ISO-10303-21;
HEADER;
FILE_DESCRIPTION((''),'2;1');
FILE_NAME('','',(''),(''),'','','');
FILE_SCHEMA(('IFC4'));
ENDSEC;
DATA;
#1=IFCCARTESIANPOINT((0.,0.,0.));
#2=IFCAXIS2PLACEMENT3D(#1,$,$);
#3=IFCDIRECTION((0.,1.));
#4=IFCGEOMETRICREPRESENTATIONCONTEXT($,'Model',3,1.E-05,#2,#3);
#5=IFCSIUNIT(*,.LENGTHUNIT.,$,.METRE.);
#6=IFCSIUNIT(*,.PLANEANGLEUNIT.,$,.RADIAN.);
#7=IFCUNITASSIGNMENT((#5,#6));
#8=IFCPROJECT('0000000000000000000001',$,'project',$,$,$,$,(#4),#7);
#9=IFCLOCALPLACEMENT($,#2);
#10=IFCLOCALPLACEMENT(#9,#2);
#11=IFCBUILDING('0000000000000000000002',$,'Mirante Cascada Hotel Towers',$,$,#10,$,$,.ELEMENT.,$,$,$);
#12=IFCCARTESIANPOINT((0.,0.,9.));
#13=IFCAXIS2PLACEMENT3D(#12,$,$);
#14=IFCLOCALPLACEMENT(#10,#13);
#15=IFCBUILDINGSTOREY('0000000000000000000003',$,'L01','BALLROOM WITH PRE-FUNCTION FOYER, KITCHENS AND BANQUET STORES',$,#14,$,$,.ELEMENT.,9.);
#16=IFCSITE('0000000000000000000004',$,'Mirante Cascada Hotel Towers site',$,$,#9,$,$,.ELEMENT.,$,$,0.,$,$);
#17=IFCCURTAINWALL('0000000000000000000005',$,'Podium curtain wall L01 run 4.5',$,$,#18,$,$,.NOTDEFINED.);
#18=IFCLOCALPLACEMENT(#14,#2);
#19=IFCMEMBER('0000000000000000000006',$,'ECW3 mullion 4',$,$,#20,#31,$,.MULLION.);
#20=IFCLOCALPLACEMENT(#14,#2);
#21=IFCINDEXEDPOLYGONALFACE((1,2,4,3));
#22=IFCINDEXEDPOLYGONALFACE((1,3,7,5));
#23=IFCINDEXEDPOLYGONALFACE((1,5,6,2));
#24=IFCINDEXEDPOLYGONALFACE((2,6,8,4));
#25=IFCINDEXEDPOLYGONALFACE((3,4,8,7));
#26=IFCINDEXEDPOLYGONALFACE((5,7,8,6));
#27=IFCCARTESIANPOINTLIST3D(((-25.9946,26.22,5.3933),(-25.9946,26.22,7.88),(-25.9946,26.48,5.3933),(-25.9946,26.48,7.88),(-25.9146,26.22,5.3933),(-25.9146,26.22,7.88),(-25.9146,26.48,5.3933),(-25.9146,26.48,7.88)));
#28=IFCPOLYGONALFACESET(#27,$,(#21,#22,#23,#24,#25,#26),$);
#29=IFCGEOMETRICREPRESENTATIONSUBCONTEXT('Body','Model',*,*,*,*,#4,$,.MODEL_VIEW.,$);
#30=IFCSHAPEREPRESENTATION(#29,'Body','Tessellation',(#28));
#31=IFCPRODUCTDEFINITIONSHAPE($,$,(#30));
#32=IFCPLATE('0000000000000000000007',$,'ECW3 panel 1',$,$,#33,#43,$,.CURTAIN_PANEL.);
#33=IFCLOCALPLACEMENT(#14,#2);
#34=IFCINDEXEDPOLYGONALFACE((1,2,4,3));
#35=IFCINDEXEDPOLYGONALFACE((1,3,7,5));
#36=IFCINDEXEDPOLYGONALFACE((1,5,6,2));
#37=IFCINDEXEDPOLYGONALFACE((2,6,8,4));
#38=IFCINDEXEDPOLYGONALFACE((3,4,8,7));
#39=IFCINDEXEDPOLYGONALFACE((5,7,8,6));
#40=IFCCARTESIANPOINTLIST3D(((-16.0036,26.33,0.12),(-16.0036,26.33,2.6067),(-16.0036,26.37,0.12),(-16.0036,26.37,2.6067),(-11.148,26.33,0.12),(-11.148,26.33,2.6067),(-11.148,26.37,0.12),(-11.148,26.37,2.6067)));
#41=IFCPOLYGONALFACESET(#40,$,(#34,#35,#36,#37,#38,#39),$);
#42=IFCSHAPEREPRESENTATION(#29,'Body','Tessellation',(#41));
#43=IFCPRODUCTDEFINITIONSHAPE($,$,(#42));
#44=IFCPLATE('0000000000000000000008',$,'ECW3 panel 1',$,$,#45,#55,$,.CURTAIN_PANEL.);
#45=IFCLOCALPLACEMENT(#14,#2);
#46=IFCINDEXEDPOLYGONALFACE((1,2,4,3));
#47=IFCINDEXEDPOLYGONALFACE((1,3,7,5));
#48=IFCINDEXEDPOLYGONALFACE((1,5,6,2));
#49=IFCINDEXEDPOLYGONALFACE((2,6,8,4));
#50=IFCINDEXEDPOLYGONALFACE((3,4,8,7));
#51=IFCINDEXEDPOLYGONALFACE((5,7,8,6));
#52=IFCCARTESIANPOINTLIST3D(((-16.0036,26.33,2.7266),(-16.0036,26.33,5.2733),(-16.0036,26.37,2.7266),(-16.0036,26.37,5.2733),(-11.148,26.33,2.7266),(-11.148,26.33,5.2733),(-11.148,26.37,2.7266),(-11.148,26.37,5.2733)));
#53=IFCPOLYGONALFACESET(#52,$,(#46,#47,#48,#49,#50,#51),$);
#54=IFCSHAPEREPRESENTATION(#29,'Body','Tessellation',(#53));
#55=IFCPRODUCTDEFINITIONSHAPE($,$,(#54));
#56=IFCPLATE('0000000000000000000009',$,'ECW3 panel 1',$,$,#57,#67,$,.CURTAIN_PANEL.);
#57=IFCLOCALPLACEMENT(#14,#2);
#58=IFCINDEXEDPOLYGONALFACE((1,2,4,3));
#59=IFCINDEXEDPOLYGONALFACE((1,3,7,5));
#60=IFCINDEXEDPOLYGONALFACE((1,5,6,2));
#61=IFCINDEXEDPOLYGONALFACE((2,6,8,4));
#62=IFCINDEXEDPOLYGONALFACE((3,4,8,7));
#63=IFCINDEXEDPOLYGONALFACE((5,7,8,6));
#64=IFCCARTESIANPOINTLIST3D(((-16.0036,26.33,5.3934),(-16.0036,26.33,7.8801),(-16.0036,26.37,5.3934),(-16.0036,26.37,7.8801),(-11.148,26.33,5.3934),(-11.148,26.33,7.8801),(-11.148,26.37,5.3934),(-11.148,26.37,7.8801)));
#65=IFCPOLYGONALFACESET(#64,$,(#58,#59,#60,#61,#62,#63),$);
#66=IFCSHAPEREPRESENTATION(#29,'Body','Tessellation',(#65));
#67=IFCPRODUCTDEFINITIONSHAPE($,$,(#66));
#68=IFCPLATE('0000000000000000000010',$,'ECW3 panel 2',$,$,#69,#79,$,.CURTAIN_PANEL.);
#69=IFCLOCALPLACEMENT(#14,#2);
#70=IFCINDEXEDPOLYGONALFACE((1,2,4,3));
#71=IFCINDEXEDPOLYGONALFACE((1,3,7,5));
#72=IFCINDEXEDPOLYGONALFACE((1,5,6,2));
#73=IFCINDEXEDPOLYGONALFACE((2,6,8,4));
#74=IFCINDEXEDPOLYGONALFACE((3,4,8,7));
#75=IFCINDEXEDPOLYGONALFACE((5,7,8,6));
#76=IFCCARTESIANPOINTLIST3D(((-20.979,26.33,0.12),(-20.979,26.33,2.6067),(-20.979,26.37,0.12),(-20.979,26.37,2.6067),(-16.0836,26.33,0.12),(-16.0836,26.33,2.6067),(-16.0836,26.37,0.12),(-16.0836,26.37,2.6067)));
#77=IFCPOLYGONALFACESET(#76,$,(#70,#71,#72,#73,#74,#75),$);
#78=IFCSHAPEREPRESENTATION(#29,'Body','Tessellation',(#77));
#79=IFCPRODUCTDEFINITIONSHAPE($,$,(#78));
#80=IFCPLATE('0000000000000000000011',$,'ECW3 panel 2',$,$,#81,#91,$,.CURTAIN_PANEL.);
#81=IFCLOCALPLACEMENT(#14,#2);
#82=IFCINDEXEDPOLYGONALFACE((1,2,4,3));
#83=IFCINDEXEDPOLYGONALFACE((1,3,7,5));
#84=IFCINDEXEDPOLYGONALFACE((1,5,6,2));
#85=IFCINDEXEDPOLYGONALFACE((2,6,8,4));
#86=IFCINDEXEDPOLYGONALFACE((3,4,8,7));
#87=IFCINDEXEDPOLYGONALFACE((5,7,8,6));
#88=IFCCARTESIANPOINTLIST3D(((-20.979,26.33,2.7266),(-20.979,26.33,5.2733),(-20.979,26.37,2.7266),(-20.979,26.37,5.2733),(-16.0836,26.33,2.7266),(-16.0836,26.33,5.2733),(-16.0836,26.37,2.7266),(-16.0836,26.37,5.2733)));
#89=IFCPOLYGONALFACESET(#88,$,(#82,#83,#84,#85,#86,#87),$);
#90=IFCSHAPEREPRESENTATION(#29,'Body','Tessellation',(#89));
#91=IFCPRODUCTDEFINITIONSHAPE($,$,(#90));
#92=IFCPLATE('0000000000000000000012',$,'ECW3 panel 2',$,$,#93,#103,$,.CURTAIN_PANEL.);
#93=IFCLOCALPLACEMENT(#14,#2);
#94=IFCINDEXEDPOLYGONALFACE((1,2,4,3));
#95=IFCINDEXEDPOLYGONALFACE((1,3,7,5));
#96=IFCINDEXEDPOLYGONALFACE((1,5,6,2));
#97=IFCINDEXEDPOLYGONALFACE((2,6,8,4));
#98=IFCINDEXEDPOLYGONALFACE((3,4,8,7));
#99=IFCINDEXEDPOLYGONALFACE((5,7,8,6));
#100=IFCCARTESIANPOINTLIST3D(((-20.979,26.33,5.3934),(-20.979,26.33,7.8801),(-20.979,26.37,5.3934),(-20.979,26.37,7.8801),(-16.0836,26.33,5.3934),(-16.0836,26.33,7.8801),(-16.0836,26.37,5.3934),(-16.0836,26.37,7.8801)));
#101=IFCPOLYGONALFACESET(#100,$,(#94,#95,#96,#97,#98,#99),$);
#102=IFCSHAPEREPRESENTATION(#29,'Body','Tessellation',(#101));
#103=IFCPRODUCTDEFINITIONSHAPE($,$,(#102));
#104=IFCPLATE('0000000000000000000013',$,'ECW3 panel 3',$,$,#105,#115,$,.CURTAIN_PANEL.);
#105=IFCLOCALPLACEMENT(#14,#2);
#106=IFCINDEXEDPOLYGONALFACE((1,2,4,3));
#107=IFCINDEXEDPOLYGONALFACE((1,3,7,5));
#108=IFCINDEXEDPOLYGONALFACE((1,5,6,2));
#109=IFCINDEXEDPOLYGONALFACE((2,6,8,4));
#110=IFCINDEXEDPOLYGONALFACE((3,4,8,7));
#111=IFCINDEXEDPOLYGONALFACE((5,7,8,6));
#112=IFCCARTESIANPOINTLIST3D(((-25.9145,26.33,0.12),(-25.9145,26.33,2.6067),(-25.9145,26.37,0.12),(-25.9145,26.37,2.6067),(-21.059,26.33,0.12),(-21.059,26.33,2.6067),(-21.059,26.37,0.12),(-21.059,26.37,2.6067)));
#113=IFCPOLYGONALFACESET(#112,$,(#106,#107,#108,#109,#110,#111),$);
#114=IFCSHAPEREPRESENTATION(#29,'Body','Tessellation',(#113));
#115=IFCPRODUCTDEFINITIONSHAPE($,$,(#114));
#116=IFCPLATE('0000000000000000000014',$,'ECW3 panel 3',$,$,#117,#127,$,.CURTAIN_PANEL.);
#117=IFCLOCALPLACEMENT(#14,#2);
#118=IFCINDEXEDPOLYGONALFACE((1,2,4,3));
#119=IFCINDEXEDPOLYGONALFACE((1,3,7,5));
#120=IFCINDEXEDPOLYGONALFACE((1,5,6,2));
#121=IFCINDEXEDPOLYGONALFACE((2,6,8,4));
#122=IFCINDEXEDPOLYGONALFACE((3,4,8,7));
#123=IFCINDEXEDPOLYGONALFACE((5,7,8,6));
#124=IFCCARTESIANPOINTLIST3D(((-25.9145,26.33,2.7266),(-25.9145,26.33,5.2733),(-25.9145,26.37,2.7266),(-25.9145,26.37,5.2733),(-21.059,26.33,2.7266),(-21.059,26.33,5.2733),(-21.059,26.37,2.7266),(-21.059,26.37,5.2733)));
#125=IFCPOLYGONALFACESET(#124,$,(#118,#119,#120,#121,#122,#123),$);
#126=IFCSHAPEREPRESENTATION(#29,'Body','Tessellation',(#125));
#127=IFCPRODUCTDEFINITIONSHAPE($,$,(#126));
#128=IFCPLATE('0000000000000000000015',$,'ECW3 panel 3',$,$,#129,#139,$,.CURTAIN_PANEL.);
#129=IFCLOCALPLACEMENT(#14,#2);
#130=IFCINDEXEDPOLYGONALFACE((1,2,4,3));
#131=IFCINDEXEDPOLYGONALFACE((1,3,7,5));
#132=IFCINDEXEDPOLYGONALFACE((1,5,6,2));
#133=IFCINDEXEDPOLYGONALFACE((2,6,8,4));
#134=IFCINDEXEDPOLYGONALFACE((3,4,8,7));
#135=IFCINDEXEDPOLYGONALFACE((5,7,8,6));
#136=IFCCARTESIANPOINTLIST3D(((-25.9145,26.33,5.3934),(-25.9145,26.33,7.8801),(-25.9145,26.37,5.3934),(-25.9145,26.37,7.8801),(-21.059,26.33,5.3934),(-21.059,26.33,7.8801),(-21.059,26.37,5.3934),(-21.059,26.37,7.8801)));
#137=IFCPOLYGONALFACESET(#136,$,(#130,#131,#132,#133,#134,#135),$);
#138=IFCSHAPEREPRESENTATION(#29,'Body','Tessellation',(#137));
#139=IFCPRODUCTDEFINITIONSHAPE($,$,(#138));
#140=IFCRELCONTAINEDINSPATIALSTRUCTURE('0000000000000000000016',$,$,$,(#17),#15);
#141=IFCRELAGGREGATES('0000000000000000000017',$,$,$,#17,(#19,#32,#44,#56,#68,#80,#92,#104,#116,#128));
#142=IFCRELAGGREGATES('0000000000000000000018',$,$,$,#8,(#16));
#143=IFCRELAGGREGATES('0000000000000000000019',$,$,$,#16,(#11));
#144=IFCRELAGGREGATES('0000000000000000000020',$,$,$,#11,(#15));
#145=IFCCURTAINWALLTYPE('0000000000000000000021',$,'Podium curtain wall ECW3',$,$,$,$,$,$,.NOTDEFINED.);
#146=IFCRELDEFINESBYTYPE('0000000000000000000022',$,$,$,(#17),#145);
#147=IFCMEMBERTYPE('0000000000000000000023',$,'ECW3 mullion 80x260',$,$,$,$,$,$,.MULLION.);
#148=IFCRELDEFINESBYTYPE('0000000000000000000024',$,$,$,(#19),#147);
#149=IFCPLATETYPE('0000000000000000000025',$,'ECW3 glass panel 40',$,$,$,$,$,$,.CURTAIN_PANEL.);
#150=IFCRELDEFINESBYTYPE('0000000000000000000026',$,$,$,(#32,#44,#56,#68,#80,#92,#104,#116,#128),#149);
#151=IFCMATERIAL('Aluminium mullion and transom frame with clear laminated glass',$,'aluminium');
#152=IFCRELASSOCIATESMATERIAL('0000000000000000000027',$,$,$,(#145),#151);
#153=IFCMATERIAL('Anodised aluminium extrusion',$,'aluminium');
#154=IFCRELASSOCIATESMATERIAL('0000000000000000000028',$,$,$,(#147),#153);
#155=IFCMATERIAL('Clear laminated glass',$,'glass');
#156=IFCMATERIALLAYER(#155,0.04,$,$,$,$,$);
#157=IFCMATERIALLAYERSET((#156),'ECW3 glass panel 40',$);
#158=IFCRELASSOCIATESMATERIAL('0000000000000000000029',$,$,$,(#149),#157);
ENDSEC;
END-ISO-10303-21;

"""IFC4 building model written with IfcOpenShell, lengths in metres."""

from ifc_helpers import new_model, si_unit, direction, frame, origin, origin_2d, place, context, subcontext, project, spatial, rectangle, extrude, material, layer, layer_set, material_profile, profile_set, type_object, element, aggregate, save


model = new_model("IFC4")

# Units and contexts
model_context = context("Model", 3, precision=1e-05, world=origin(), true_north=direction((0.0, 1.0)))
body_context = subcontext(model_context, "Body", "Model", "MODEL_VIEW")
ifc_project = project(units=[si_unit("LENGTHUNIT", "METRE"), si_unit("PLANEANGLEUNIT", "RADIAN")], contexts=[model_context])

# Site, building, storey
site_placement = place(None, origin())
site = spatial("IfcSite", under=ifc_project, at=site_placement, Name="Mirante Cascada Hotel Towers site", CompositionType="ELEMENT", RefElevation=0.0)
building_placement = place(site_placement, origin())
building = spatial("IfcBuilding", under=site, at=building_placement, Name="Mirante Cascada Hotel Towers", CompositionType="ELEMENT")
storey_placement = place(building_placement, frame((0.0, 0.0, 9.0)))
storey = spatial("IfcBuildingStorey", under=building, at=storey_placement, Name="L01", Description="BALLROOM WITH PRE-FUNCTION FOYER, KITCHENS AND BANQUET STORES", CompositionType="ELEMENT", Elevation=9.0)

# Shared definitions
ifc_material_1 = material(Name="Aluminium mullion and transom frame with clear laminated glass", Category="aluminium")
curtain_wall_type = type_object("IfcCurtainWallType", Name="Podium curtain wall ECW3", PredefinedType="NOTDEFINED", material=ifc_material_1)
ifc_material_2 = material(Name="Anodised aluminium extrusion", Category="aluminium")
ifc_material_profile_1 = material_profile(ifc_material_2, rectangle(XDim=0.26, YDim=0.08, at=origin_2d()), Name="ECW3 MULLION 80x260")
ifc_profile_set_1 = profile_set([ifc_material_profile_1], Name="Anodised aluminium extrusion")
member_type = type_object("IfcMemberType", Name="ECW3 mullion 80x260", PredefinedType="MULLION", material=ifc_profile_set_1)

# Curtain wall, member, plates
curtain_wall_1_placement = place(storey_placement, origin())
curtain_wall_1 = element("IfcCurtainWall", 1, at=curtain_wall_1_placement, inside=storey, type_object=curtain_wall_type, Name="Podium curtain wall L01 run 4.5", PredefinedType="NOTDEFINED")
member_1_placement = place(storey_placement, frame((-25.9546, 26.35, 5.3933), z_axis=(0.0, 0.0, 1.0), x_axis=(0.0, -1.0, 0.0)))
member_1 = element("IfcMember", 2, at=member_1_placement, type_object=member_type, Name="ECW3 mullion 4", PredefinedType="MULLION", context=body_context, shape_type="SweptSolid", body=[
    extrude(rectangle(XDim=0.26, YDim=0.08, at=origin_2d()), origin(), (0.0, 0.0, 1.0), 2.4867),
])
ifc_material_3 = material(Name="Clear laminated glass", Category="glass")
ifc_layer_1 = layer(ifc_material_3, 0.04)
ifc_layer_set_1 = layer_set([ifc_layer_1], Name="ECW3 glass panel 40")
plate_type = type_object("IfcPlateType", Name="ECW3 glass panel 40", PredefinedType="CURTAIN_PANEL", material=ifc_layer_set_1)
plate_1_placement = place(storey_placement, frame((-13.5758, 26.35, 0.12), z_axis=(0.0, 0.0, 1.0), x_axis=(-1.0, 0.0, 0.0)))
plate_1 = element("IfcPlate", 3, at=plate_1_placement, type_object=plate_type, Name="ECW3 panel 1", PredefinedType="CURTAIN_PANEL", context=body_context, shape_type="SweptSolid", body=[
    extrude(rectangle(XDim=4.8555, YDim=0.04, at=origin_2d()), origin(), (0.0, 0.0, 1.0), 2.4867),
])
plate_2_placement = place(storey_placement, frame((-13.5758, 26.35, 2.7266), z_axis=(0.0, 0.0, 1.0), x_axis=(-1.0, 0.0, 0.0)))
plate_2 = element("IfcPlate", 4, at=plate_2_placement, type_object=plate_type, Name="ECW3 panel 1", PredefinedType="CURTAIN_PANEL", context=body_context, shape_type="SweptSolid", body=[
    extrude(rectangle(XDim=4.8555, YDim=0.04, at=origin_2d()), origin(), (0.0, 0.0, 1.0), 2.5467),
])
plate_3_placement = place(storey_placement, frame((-13.5758, 26.35, 5.3934), z_axis=(0.0, 0.0, 1.0), x_axis=(-1.0, 0.0, 0.0)))
plate_3 = element("IfcPlate", 5, at=plate_3_placement, type_object=plate_type, Name="ECW3 panel 1", PredefinedType="CURTAIN_PANEL", context=body_context, shape_type="SweptSolid", body=[
    extrude(rectangle(XDim=4.8555, YDim=0.04, at=origin_2d()), origin(), (0.0, 0.0, 1.0), 2.4867),
])
plate_4_placement = place(storey_placement, frame((-18.5313, 26.35, 0.12), z_axis=(0.0, 0.0, 1.0), x_axis=(-1.0, 0.0, 0.0)))
plate_4 = element("IfcPlate", 6, at=plate_4_placement, type_object=plate_type, Name="ECW3 panel 2", PredefinedType="CURTAIN_PANEL", context=body_context, shape_type="SweptSolid", body=[
    extrude(rectangle(XDim=4.8955, YDim=0.04, at=origin_2d()), origin(), (0.0, 0.0, 1.0), 2.4867),
])
plate_5_placement = place(storey_placement, frame((-18.5313, 26.35, 2.7266), z_axis=(0.0, 0.0, 1.0), x_axis=(-1.0, 0.0, 0.0)))
plate_5 = element("IfcPlate", 7, at=plate_5_placement, type_object=plate_type, Name="ECW3 panel 2", PredefinedType="CURTAIN_PANEL", context=body_context, shape_type="SweptSolid", body=[
    extrude(rectangle(XDim=4.8955, YDim=0.04, at=origin_2d()), origin(), (0.0, 0.0, 1.0), 2.5467),
])
plate_6_placement = place(storey_placement, frame((-18.5313, 26.35, 5.3934), z_axis=(0.0, 0.0, 1.0), x_axis=(-1.0, 0.0, 0.0)))
plate_6 = element("IfcPlate", 8, at=plate_6_placement, type_object=plate_type, Name="ECW3 panel 2", PredefinedType="CURTAIN_PANEL", context=body_context, shape_type="SweptSolid", body=[
    extrude(rectangle(XDim=4.8955, YDim=0.04, at=origin_2d()), origin(), (0.0, 0.0, 1.0), 2.4867),
])
plate_7_placement = place(storey_placement, frame((-23.4868, 26.35, 0.12), z_axis=(0.0, 0.0, 1.0), x_axis=(-1.0, 0.0, 0.0)))
plate_7 = element("IfcPlate", 9, at=plate_7_placement, type_object=plate_type, Name="ECW3 panel 3", PredefinedType="CURTAIN_PANEL", context=body_context, shape_type="SweptSolid", body=[
    extrude(rectangle(XDim=4.8555, YDim=0.04, at=origin_2d()), origin(), (0.0, 0.0, 1.0), 2.4867),
])
plate_8_placement = place(storey_placement, frame((-23.4868, 26.35, 2.7266), z_axis=(0.0, 0.0, 1.0), x_axis=(-1.0, 0.0, 0.0)))
plate_8 = element("IfcPlate", 10, at=plate_8_placement, type_object=plate_type, Name="ECW3 panel 3", PredefinedType="CURTAIN_PANEL", context=body_context, shape_type="SweptSolid", body=[
    extrude(rectangle(XDim=4.8555, YDim=0.04, at=origin_2d()), origin(), (0.0, 0.0, 1.0), 2.5467),
])
plate_9_placement = place(storey_placement, frame((-23.4868, 26.35, 5.3934), z_axis=(0.0, 0.0, 1.0), x_axis=(-1.0, 0.0, 0.0)))
plate_9 = element("IfcPlate", 11, at=plate_9_placement, type_object=plate_type, Name="ECW3 panel 3", PredefinedType="CURTAIN_PANEL", context=body_context, shape_type="SweptSolid", body=[
    extrude(rectangle(XDim=4.8555, YDim=0.04, at=origin_2d()), origin(), (0.0, 0.0, 1.0), 2.4867),
])
aggregate(curtain_wall_1, [member_1, plate_1, plate_2, plate_3, plate_4, plate_5, plate_6, plate_7, plate_8, plate_9])

save(model, "model.ifc")
